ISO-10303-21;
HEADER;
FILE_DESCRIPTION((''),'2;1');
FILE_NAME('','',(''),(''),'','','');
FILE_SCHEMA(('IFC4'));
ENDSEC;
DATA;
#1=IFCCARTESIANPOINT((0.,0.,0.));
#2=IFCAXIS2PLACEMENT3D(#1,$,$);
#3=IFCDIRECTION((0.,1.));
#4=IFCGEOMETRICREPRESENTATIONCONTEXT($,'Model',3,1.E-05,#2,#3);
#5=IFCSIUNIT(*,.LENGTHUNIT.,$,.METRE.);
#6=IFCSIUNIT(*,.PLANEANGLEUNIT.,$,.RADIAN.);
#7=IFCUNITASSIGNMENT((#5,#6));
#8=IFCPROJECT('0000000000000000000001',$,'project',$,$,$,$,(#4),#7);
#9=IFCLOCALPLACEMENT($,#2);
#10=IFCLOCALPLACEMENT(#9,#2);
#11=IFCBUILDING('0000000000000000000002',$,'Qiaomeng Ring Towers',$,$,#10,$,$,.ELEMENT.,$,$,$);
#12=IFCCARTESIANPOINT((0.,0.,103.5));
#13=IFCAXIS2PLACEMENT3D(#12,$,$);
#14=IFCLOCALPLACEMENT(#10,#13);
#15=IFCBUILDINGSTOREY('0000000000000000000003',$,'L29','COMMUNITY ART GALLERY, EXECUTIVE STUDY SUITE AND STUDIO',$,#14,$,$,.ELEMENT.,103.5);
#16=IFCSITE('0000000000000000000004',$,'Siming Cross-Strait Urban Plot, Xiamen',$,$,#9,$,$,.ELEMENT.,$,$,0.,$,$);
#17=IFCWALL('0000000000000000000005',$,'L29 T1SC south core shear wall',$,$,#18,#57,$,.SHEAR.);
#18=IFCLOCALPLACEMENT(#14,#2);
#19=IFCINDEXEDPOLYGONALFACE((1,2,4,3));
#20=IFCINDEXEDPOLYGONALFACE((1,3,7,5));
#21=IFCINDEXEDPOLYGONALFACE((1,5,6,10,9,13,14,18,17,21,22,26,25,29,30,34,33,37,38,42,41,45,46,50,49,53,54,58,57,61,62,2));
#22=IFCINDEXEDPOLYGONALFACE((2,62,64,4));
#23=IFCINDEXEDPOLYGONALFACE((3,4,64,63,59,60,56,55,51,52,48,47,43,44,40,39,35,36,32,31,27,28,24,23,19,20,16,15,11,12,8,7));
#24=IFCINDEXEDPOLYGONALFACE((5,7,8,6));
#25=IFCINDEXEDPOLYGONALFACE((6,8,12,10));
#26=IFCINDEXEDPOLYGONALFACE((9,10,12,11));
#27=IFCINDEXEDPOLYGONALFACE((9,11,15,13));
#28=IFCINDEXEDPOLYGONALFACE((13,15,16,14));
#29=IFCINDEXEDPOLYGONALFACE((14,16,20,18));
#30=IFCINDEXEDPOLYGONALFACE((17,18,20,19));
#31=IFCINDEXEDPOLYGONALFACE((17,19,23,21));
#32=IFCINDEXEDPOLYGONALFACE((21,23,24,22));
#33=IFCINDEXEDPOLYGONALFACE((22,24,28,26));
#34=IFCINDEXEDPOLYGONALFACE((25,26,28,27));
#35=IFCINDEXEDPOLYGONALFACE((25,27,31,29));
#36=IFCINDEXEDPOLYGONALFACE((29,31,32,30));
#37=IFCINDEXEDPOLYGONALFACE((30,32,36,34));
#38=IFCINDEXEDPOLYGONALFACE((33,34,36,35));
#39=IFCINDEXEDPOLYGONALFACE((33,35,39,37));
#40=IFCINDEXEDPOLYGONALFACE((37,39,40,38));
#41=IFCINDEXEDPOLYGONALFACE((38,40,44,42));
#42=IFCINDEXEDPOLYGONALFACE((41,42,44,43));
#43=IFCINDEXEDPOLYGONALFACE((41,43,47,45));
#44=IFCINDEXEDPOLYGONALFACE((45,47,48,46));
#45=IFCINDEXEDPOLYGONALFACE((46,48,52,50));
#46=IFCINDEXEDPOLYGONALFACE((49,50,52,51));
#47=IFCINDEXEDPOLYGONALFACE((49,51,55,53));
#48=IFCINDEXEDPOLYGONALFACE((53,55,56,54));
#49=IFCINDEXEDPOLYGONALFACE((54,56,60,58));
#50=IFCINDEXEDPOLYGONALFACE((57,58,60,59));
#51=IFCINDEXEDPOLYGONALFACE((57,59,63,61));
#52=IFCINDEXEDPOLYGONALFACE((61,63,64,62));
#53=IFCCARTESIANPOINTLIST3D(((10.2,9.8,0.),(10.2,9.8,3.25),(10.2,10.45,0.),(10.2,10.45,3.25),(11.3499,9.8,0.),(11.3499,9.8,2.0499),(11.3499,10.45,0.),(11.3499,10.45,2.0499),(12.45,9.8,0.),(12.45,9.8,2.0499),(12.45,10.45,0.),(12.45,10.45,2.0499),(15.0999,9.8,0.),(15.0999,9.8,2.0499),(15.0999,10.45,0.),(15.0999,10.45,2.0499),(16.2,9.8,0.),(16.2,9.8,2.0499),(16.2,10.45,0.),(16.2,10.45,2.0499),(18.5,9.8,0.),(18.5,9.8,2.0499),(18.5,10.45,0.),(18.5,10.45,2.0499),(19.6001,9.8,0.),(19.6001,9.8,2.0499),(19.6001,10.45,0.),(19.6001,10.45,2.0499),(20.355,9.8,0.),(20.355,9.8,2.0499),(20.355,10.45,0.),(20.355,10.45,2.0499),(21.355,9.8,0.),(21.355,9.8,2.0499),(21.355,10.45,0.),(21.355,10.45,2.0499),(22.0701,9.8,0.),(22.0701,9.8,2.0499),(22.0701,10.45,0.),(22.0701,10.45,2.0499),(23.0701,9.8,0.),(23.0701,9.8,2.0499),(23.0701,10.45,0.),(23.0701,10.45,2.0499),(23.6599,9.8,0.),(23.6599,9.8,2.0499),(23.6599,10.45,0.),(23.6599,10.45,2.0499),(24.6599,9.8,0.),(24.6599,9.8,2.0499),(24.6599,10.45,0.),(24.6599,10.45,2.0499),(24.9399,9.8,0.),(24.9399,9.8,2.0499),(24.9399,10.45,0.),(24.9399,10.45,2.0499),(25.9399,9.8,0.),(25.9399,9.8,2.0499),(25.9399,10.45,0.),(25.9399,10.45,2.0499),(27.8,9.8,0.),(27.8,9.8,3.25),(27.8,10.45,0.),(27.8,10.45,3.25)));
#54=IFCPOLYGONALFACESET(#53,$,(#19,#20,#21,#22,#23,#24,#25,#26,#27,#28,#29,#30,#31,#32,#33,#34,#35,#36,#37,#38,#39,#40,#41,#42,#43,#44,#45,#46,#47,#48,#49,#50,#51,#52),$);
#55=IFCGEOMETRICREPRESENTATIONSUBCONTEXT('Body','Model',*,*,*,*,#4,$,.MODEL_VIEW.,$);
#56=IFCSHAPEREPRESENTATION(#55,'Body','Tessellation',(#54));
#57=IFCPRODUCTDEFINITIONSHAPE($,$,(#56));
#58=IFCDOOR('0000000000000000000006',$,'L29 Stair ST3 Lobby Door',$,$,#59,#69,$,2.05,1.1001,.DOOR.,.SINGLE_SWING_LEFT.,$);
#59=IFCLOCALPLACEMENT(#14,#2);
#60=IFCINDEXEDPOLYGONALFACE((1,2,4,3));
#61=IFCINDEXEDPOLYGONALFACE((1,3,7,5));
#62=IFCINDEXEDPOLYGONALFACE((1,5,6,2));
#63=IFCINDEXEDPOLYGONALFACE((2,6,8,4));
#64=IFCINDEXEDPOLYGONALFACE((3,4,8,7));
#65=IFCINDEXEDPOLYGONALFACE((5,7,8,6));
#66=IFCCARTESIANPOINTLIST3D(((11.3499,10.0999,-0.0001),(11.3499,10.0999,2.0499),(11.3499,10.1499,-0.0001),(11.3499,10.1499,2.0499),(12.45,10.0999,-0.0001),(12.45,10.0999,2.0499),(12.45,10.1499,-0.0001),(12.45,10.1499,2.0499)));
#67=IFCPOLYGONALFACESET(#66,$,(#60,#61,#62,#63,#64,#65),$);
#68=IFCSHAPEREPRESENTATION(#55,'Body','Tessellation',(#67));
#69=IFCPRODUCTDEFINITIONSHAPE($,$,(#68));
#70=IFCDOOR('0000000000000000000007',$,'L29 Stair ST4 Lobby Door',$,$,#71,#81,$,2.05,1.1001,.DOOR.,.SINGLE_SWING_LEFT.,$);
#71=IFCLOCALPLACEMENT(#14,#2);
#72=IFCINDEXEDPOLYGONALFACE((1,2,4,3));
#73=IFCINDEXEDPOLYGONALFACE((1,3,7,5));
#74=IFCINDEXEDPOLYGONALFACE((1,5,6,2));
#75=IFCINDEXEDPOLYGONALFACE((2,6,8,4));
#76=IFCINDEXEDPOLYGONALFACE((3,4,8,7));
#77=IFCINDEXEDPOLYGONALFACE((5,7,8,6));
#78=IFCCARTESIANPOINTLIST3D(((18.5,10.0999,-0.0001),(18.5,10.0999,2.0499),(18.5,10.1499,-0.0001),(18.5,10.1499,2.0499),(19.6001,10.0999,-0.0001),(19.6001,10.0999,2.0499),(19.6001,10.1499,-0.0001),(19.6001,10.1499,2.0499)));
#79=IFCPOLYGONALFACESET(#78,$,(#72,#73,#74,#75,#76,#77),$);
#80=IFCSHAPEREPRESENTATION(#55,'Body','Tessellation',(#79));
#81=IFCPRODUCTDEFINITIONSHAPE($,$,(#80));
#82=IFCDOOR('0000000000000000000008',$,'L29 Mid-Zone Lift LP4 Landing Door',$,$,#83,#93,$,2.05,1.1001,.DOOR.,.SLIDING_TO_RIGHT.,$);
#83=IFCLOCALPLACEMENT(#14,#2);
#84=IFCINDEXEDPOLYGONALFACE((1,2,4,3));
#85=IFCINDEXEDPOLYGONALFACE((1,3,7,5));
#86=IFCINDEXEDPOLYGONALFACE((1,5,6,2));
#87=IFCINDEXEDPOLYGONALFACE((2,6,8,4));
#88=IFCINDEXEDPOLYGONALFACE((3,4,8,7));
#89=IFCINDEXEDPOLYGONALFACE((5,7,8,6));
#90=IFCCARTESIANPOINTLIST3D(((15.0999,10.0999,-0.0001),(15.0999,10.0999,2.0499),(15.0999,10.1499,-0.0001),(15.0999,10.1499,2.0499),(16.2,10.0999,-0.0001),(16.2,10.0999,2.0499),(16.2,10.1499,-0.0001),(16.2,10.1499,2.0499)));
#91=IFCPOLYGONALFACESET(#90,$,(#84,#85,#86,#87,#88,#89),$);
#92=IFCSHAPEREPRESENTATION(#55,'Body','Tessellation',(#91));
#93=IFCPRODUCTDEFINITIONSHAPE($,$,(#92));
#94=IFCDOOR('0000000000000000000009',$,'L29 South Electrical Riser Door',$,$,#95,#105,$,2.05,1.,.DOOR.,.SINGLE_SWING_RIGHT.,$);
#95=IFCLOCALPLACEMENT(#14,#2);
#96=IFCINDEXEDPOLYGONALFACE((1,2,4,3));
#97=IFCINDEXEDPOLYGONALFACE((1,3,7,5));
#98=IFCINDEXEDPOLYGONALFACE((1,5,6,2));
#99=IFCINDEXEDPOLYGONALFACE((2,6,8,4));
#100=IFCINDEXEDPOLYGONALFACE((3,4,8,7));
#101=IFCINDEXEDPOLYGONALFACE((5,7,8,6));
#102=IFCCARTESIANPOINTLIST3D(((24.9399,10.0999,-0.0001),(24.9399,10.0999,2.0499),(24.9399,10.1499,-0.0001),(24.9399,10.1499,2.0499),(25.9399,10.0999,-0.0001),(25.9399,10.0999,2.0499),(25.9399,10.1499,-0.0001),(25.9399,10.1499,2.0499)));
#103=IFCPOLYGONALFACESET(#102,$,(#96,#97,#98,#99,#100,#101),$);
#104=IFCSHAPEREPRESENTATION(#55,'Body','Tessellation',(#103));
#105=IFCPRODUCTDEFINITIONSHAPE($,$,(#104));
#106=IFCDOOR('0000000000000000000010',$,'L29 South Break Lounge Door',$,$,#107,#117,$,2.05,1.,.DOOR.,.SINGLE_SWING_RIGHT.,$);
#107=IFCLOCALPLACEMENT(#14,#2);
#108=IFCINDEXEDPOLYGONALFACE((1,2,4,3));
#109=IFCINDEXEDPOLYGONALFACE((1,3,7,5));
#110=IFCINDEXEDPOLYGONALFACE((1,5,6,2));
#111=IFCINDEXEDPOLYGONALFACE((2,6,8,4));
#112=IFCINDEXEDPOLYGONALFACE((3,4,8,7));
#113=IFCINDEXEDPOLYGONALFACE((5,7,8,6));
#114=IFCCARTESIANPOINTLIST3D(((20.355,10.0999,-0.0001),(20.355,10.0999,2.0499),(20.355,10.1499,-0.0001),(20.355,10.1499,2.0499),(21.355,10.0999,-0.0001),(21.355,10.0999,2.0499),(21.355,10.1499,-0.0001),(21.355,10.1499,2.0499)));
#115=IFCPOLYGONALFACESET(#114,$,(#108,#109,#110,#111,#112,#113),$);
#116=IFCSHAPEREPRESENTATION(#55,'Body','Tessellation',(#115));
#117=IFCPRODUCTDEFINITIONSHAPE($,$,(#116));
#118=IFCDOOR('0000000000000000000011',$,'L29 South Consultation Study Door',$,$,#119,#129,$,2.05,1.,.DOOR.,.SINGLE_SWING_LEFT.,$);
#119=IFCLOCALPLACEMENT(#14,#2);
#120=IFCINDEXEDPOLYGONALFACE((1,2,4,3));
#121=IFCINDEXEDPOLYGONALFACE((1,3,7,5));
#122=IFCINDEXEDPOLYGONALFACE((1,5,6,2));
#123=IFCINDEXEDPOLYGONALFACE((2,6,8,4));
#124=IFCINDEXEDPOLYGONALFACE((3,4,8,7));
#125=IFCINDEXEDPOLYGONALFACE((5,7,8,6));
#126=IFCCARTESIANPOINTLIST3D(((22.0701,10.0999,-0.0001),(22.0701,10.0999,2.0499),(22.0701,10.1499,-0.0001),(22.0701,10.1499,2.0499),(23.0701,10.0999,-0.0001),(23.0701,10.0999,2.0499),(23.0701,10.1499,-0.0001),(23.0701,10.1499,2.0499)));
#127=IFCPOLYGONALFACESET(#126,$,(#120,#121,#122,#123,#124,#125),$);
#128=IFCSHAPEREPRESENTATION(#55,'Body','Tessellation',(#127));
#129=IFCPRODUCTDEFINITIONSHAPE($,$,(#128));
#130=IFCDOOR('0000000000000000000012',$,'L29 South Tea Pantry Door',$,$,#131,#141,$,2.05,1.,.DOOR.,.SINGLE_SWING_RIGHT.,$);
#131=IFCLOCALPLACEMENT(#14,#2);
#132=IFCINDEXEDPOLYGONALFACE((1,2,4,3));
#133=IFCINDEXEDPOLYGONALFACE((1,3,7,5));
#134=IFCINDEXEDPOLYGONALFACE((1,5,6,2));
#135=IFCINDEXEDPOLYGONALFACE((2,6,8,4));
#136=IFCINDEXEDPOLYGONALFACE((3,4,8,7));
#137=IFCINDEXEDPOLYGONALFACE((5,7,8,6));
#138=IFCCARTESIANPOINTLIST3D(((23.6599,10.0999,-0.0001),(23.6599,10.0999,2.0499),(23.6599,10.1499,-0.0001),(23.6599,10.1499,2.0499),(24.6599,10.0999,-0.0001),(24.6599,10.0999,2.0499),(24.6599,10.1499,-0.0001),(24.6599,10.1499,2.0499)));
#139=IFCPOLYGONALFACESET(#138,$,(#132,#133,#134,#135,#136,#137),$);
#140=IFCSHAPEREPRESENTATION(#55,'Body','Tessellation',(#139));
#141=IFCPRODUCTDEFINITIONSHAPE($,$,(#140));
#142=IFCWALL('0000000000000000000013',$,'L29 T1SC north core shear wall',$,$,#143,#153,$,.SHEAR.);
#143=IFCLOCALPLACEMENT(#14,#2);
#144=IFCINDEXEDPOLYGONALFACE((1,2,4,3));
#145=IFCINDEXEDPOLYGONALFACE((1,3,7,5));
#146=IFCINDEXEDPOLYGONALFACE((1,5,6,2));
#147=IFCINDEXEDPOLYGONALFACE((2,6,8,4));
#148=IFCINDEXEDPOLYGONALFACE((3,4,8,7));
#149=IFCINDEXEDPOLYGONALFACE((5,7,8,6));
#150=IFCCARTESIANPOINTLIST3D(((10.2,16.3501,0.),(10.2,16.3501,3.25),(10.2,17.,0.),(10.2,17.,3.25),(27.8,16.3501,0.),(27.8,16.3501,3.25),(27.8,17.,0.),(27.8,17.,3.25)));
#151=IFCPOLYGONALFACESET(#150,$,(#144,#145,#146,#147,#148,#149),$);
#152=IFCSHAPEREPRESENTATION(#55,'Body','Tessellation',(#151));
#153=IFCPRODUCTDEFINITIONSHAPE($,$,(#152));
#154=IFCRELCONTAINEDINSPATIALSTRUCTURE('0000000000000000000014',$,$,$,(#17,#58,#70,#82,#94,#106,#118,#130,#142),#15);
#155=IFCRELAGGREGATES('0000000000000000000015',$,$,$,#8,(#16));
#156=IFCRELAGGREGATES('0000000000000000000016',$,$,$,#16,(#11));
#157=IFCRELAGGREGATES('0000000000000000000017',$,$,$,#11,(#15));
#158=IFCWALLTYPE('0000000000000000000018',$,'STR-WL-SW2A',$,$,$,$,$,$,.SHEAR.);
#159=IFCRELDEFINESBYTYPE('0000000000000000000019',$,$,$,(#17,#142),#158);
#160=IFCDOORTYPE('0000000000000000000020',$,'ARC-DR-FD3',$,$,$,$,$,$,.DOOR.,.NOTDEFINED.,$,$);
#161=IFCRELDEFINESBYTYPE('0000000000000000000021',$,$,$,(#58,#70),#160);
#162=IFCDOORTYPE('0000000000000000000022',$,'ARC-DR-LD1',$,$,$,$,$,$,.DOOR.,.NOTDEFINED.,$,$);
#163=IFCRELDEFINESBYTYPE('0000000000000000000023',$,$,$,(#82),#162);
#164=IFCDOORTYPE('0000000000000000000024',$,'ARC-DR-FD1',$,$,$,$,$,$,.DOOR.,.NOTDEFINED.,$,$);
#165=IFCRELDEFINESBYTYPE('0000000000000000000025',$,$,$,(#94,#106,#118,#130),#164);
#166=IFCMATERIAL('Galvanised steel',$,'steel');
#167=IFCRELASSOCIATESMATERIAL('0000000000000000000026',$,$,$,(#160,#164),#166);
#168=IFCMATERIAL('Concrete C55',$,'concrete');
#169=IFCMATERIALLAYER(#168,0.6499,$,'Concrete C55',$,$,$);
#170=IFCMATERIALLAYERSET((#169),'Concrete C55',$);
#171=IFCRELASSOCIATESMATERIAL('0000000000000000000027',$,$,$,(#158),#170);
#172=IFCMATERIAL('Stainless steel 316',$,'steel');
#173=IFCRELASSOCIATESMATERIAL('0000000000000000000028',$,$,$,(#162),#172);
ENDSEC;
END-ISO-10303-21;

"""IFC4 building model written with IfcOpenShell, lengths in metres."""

from ifc_helpers import new_model, si_unit, direction, frame, frame_2d, origin, place, context, subcontext, project, spatial, rectangle, extrude, source, transform, mapped, material, layer, layer_set, type_object, element, fill, save


model = new_model("IFC4")

# Units and contexts
model_context = context("Model", 3, precision=1e-05, world=origin(), true_north=direction((0.0, 1.0)))
body_context = subcontext(model_context, "Body", "Model", "MODEL_VIEW")
ifc_project = project(units=[si_unit("LENGTHUNIT", "METRE"), si_unit("PLANEANGLEUNIT", "RADIAN")], contexts=[model_context])

# Site, building, storey
site_placement = place(None, origin())
site = spatial("IfcSite", under=ifc_project, at=site_placement, Name="Siming Cross-Strait Urban Plot, Xiamen", CompositionType="ELEMENT", RefElevation=0.0)
building_placement = place(site_placement, origin())
building = spatial("IfcBuilding", under=site, at=building_placement, Name="Qiaomeng Ring Towers", CompositionType="ELEMENT")
storey_placement = place(building_placement, frame((0.0, 0.0, 103.5)))
storey = spatial("IfcBuildingStorey", under=building, at=storey_placement, Name="L29", Description="COMMUNITY ART GALLERY, EXECUTIVE STUDY SUITE AND STUDIO", CompositionType="ELEMENT", Elevation=103.5)

# Shared definitions
shared_shape_1 = source(origin(), body_context, "Body", "SweptSolid", [
    extrude(rectangle(XDim=1.0, YDim=2.05, at=frame_2d((0.5, 1.0249))), frame((0.0, 0.0249, 0.0), z_axis=(0.0, -1.0, 0.0), x_axis=(1.0, 0.0, 0.0)), (0.0, 0.0, 1.0), 0.05),
])

# Shared definitions
ifc_material_1 = material(Name="Galvanised steel", Category="steel")
door_type_1 = type_object("IfcDoorType", Name="ARC-DR-FD3", OperationType="NOTDEFINED", PredefinedType="DOOR", material=ifc_material_1)
shared_shape_2 = source(origin(), body_context, "Body", "SweptSolid", [
    extrude(rectangle(XDim=1.1001, YDim=2.05, at=frame_2d((0.55, 1.0249))), frame((0.0, 0.0249, 0.0), z_axis=(0.0, -1.0, 0.0), x_axis=(1.0, 0.0, 0.0)), (0.0, 0.0, 1.0), 0.05),
])

# Wall, openings, doors
ifc_material_2 = material(Name="Concrete C55", Category="concrete")
ifc_layer_1 = layer(ifc_material_2, 0.6499, Name="Concrete C55")
ifc_layer_set_1 = layer_set([ifc_layer_1], Name="Concrete C55")
wall_type_1 = type_object("IfcWallType", Name="STR-WL-SW2A", PredefinedType="SHEAR", material=ifc_layer_set_1)
wall_1_placement = place(storey_placement, frame((10.2, 10.125, 0.0), z_axis=(0.0, 0.0, 1.0), x_axis=(1.0, 0.0, 0.0)))
wall_1 = element("IfcWall", 1, at=wall_1_placement, inside=storey, type_object=wall_type_1, Name="L29 T1SC south core shear wall", PredefinedType="SHEAR", context=body_context, shape_type="SweptSolid", body=[
    extrude(rectangle(XDim=17.6001, YDim=0.6499, at=frame_2d((8.8, 0.0))), origin(), (0.0, 0.0, 1.0), 3.25),
])
opening_1_placement = place(wall_1_placement, frame((1.1499, 0.0, 0.0)))
opening_1 = element("IfcOpeningElement", 2, at=opening_1_placement, cuts=wall_1, PredefinedType="OPENING", context=body_context, shape_type="SweptSolid", body=[
    extrude(rectangle(XDim=1.1001, YDim=2.05, at=frame_2d((0.55, 1.0249))), frame((0.0, 0.335, 0.0), z_axis=(0.0, -1.0, 0.0), x_axis=(1.0, 0.0, 0.0)), (0.0, 0.0, 1.0), 0.6699),
])
opening_2_placement = place(wall_1_placement, frame((8.3, 0.0, 0.0)))
opening_2 = element("IfcOpeningElement", 3, at=opening_2_placement, cuts=wall_1, PredefinedType="OPENING", context=body_context, shape_type="SweptSolid", body=[
    extrude(rectangle(XDim=1.1001, YDim=2.05, at=frame_2d((0.55, 1.0249))), frame((0.0, 0.335, 0.0), z_axis=(0.0, -1.0, 0.0), x_axis=(1.0, 0.0, 0.0)), (0.0, 0.0, 1.0), 0.6699),
])
opening_3_placement = place(wall_1_placement, frame((4.8999, 0.0, 0.0)))
opening_3 = element("IfcOpeningElement", 4, at=opening_3_placement, cuts=wall_1, PredefinedType="OPENING", context=body_context, shape_type="SweptSolid", body=[
    extrude(rectangle(XDim=1.1001, YDim=2.05, at=frame_2d((0.55, 1.0249))), frame((0.0, 0.335, 0.0), z_axis=(0.0, -1.0, 0.0), x_axis=(1.0, 0.0, 0.0)), (0.0, 0.0, 1.0), 0.6699),
])
opening_4_placement = place(wall_1_placement, frame((14.74, 0.0, 0.0)))
opening_4 = element("IfcOpeningElement", 5, at=opening_4_placement, cuts=wall_1, PredefinedType="OPENING", context=body_context, shape_type="SweptSolid", body=[
    extrude(rectangle(XDim=1.0, YDim=2.05, at=frame_2d((0.5, 1.0249))), frame((0.0, 0.335, 0.0), z_axis=(0.0, -1.0, 0.0), x_axis=(1.0, 0.0, 0.0)), (0.0, 0.0, 1.0), 0.6699),
])
opening_5_placement = place(wall_1_placement, frame((10.155, 0.0, 0.0)))
opening_5 = element("IfcOpeningElement", 6, at=opening_5_placement, cuts=wall_1, PredefinedType="OPENING", context=body_context, shape_type="SweptSolid", body=[
    extrude(rectangle(XDim=1.0, YDim=2.05, at=frame_2d((0.5, 1.0249))), frame((0.0, 0.335, 0.0), z_axis=(0.0, -1.0, 0.0), x_axis=(1.0, 0.0, 0.0)), (0.0, 0.0, 1.0), 0.6699),
])
opening_6_placement = place(wall_1_placement, frame((11.8701, 0.0, 0.0)))
opening_6 = element("IfcOpeningElement", 7, at=opening_6_placement, cuts=wall_1, PredefinedType="OPENING", context=body_context, shape_type="SweptSolid", body=[
    extrude(rectangle(XDim=1.0, YDim=2.05, at=frame_2d((0.5, 1.0249))), frame((0.0, 0.335, 0.0), z_axis=(0.0, -1.0, 0.0), x_axis=(1.0, 0.0, 0.0)), (0.0, 0.0, 1.0), 0.6699),
])
opening_7_placement = place(wall_1_placement, frame((13.46, 0.0, 0.0)))
opening_7 = element("IfcOpeningElement", 8, at=opening_7_placement, cuts=wall_1, PredefinedType="OPENING", context=body_context, shape_type="SweptSolid", body=[
    extrude(rectangle(XDim=1.0, YDim=2.05, at=frame_2d((0.5, 1.0249))), frame((0.0, 0.335, 0.0), z_axis=(0.0, -1.0, 0.0), x_axis=(1.0, 0.0, 0.0)), (0.0, 0.0, 1.0), 0.6699),
])
door_1_placement = place(opening_1_placement, origin())
door_1 = element("IfcDoor", 9, at=door_1_placement, inside=storey, type_object=door_type_1, Name="L29 Stair ST3 Lobby Door", OperationType="SINGLE_SWING_LEFT", OverallHeight=2.05, OverallWidth=1.1001, PredefinedType="DOOR", context=body_context, shape_type="MappedRepresentation", body=[
    mapped(shared_shape_2, transform((0.0, 0.0, 0.0), x_axis=(1.0, 0.0, 0.0), y_axis=(0.0, 1.0, 0.0), z_axis=(0.0, 0.0, 1.0), scale=1.0)),
])
fill(opening_1, door_1)
door_2_placement = place(opening_2_placement, origin())
door_2 = element("IfcDoor", 10, at=door_2_placement, inside=storey, type_object=door_type_1, Name="L29 Stair ST4 Lobby Door", OperationType="SINGLE_SWING_LEFT", OverallHeight=2.05, OverallWidth=1.1001, PredefinedType="DOOR", context=body_context, shape_type="MappedRepresentation", body=[
    mapped(shared_shape_2, transform((0.0, 0.0, 0.0), x_axis=(1.0, 0.0, 0.0), y_axis=(0.0, 1.0, 0.0), z_axis=(0.0, 0.0, 1.0), scale=1.0)),
])
fill(opening_2, door_2)
ifc_material_3 = material(Name="Stainless steel 316", Category="steel")
door_type_2 = type_object("IfcDoorType", Name="ARC-DR-LD1", OperationType="NOTDEFINED", PredefinedType="DOOR", material=ifc_material_3)
door_3_placement = place(opening_3_placement, origin())
door_3 = element("IfcDoor", 11, at=door_3_placement, inside=storey, type_object=door_type_2, Name="L29 Mid-Zone Lift LP4 Landing Door", OperationType="SLIDING_TO_RIGHT", OverallHeight=2.05, OverallWidth=1.1001, PredefinedType="DOOR", context=body_context, shape_type="MappedRepresentation", body=[
    mapped(shared_shape_2, transform((0.0, 0.0, 0.0), x_axis=(1.0, 0.0, 0.0), y_axis=(0.0, 1.0, 0.0), z_axis=(0.0, 0.0, 1.0), scale=1.0)),
])
fill(opening_3, door_3)
door_type_3 = type_object("IfcDoorType", Name="ARC-DR-FD1", OperationType="NOTDEFINED", PredefinedType="DOOR", material=ifc_material_1)
door_4_placement = place(opening_4_placement, origin())
door_4 = element("IfcDoor", 12, at=door_4_placement, inside=storey, type_object=door_type_3, Name="L29 South Electrical Riser Door", OperationType="SINGLE_SWING_RIGHT", OverallHeight=2.05, OverallWidth=1.0, PredefinedType="DOOR", context=body_context, shape_type="MappedRepresentation", body=[
    mapped(shared_shape_1, transform((0.0, 0.0, 0.0), x_axis=(1.0, 0.0, 0.0), y_axis=(0.0, 1.0, 0.0), z_axis=(0.0, 0.0, 1.0), scale=1.0)),
])
fill(opening_4, door_4)
door_5_placement = place(opening_5_placement, origin())
door_5 = element("IfcDoor", 13, at=door_5_placement, inside=storey, type_object=door_type_3, Name="L29 South Break Lounge Door", OperationType="SINGLE_SWING_RIGHT", OverallHeight=2.05, OverallWidth=1.0, PredefinedType="DOOR", context=body_context, shape_type="MappedRepresentation", body=[
    mapped(shared_shape_1, transform((0.0, 0.0, 0.0), x_axis=(1.0, 0.0, 0.0), y_axis=(0.0, 1.0, 0.0), z_axis=(0.0, 0.0, 1.0), scale=1.0)),
])
fill(opening_5, door_5)
door_6_placement = place(opening_6_placement, origin())
door_6 = element("IfcDoor", 14, at=door_6_placement, inside=storey, type_object=door_type_3, Name="L29 South Consultation Study Door", OperationType="SINGLE_SWING_LEFT", OverallHeight=2.05, OverallWidth=1.0, PredefinedType="DOOR", context=body_context, shape_type="MappedRepresentation", body=[
    mapped(shared_shape_1, transform((0.0, 0.0, 0.0), x_axis=(1.0, 0.0, 0.0), y_axis=(0.0, 1.0, 0.0), z_axis=(0.0, 0.0, 1.0), scale=1.0)),
])
fill(opening_6, door_6)
door_7_placement = place(opening_7_placement, origin())
door_7 = element("IfcDoor", 15, at=door_7_placement, inside=storey, type_object=door_type_3, Name="L29 South Tea Pantry Door", OperationType="SINGLE_SWING_RIGHT", OverallHeight=2.05, OverallWidth=1.0, PredefinedType="DOOR", context=body_context, shape_type="MappedRepresentation", body=[
    mapped(shared_shape_1, transform((0.0, 0.0, 0.0), x_axis=(1.0, 0.0, 0.0), y_axis=(0.0, 1.0, 0.0), z_axis=(0.0, 0.0, 1.0), scale=1.0)),
])
fill(opening_7, door_7)

# Wall
wall_2_placement = place(storey_placement, frame((10.2, 16.675, 0.0), z_axis=(0.0, 0.0, 1.0), x_axis=(1.0, 0.0, 0.0)))
element("IfcWall", 16, at=wall_2_placement, inside=storey, type_object=wall_type_1, Name="L29 T1SC north core shear wall", PredefinedType="SHEAR", context=body_context, shape_type="SweptSolid", body=[
    extrude(rectangle(XDim=17.6001, YDim=0.6499, at=frame_2d((8.8, 0.0))), origin(), (0.0, 0.0, 1.0), 3.25),
])

save(model, "model.ifc")
